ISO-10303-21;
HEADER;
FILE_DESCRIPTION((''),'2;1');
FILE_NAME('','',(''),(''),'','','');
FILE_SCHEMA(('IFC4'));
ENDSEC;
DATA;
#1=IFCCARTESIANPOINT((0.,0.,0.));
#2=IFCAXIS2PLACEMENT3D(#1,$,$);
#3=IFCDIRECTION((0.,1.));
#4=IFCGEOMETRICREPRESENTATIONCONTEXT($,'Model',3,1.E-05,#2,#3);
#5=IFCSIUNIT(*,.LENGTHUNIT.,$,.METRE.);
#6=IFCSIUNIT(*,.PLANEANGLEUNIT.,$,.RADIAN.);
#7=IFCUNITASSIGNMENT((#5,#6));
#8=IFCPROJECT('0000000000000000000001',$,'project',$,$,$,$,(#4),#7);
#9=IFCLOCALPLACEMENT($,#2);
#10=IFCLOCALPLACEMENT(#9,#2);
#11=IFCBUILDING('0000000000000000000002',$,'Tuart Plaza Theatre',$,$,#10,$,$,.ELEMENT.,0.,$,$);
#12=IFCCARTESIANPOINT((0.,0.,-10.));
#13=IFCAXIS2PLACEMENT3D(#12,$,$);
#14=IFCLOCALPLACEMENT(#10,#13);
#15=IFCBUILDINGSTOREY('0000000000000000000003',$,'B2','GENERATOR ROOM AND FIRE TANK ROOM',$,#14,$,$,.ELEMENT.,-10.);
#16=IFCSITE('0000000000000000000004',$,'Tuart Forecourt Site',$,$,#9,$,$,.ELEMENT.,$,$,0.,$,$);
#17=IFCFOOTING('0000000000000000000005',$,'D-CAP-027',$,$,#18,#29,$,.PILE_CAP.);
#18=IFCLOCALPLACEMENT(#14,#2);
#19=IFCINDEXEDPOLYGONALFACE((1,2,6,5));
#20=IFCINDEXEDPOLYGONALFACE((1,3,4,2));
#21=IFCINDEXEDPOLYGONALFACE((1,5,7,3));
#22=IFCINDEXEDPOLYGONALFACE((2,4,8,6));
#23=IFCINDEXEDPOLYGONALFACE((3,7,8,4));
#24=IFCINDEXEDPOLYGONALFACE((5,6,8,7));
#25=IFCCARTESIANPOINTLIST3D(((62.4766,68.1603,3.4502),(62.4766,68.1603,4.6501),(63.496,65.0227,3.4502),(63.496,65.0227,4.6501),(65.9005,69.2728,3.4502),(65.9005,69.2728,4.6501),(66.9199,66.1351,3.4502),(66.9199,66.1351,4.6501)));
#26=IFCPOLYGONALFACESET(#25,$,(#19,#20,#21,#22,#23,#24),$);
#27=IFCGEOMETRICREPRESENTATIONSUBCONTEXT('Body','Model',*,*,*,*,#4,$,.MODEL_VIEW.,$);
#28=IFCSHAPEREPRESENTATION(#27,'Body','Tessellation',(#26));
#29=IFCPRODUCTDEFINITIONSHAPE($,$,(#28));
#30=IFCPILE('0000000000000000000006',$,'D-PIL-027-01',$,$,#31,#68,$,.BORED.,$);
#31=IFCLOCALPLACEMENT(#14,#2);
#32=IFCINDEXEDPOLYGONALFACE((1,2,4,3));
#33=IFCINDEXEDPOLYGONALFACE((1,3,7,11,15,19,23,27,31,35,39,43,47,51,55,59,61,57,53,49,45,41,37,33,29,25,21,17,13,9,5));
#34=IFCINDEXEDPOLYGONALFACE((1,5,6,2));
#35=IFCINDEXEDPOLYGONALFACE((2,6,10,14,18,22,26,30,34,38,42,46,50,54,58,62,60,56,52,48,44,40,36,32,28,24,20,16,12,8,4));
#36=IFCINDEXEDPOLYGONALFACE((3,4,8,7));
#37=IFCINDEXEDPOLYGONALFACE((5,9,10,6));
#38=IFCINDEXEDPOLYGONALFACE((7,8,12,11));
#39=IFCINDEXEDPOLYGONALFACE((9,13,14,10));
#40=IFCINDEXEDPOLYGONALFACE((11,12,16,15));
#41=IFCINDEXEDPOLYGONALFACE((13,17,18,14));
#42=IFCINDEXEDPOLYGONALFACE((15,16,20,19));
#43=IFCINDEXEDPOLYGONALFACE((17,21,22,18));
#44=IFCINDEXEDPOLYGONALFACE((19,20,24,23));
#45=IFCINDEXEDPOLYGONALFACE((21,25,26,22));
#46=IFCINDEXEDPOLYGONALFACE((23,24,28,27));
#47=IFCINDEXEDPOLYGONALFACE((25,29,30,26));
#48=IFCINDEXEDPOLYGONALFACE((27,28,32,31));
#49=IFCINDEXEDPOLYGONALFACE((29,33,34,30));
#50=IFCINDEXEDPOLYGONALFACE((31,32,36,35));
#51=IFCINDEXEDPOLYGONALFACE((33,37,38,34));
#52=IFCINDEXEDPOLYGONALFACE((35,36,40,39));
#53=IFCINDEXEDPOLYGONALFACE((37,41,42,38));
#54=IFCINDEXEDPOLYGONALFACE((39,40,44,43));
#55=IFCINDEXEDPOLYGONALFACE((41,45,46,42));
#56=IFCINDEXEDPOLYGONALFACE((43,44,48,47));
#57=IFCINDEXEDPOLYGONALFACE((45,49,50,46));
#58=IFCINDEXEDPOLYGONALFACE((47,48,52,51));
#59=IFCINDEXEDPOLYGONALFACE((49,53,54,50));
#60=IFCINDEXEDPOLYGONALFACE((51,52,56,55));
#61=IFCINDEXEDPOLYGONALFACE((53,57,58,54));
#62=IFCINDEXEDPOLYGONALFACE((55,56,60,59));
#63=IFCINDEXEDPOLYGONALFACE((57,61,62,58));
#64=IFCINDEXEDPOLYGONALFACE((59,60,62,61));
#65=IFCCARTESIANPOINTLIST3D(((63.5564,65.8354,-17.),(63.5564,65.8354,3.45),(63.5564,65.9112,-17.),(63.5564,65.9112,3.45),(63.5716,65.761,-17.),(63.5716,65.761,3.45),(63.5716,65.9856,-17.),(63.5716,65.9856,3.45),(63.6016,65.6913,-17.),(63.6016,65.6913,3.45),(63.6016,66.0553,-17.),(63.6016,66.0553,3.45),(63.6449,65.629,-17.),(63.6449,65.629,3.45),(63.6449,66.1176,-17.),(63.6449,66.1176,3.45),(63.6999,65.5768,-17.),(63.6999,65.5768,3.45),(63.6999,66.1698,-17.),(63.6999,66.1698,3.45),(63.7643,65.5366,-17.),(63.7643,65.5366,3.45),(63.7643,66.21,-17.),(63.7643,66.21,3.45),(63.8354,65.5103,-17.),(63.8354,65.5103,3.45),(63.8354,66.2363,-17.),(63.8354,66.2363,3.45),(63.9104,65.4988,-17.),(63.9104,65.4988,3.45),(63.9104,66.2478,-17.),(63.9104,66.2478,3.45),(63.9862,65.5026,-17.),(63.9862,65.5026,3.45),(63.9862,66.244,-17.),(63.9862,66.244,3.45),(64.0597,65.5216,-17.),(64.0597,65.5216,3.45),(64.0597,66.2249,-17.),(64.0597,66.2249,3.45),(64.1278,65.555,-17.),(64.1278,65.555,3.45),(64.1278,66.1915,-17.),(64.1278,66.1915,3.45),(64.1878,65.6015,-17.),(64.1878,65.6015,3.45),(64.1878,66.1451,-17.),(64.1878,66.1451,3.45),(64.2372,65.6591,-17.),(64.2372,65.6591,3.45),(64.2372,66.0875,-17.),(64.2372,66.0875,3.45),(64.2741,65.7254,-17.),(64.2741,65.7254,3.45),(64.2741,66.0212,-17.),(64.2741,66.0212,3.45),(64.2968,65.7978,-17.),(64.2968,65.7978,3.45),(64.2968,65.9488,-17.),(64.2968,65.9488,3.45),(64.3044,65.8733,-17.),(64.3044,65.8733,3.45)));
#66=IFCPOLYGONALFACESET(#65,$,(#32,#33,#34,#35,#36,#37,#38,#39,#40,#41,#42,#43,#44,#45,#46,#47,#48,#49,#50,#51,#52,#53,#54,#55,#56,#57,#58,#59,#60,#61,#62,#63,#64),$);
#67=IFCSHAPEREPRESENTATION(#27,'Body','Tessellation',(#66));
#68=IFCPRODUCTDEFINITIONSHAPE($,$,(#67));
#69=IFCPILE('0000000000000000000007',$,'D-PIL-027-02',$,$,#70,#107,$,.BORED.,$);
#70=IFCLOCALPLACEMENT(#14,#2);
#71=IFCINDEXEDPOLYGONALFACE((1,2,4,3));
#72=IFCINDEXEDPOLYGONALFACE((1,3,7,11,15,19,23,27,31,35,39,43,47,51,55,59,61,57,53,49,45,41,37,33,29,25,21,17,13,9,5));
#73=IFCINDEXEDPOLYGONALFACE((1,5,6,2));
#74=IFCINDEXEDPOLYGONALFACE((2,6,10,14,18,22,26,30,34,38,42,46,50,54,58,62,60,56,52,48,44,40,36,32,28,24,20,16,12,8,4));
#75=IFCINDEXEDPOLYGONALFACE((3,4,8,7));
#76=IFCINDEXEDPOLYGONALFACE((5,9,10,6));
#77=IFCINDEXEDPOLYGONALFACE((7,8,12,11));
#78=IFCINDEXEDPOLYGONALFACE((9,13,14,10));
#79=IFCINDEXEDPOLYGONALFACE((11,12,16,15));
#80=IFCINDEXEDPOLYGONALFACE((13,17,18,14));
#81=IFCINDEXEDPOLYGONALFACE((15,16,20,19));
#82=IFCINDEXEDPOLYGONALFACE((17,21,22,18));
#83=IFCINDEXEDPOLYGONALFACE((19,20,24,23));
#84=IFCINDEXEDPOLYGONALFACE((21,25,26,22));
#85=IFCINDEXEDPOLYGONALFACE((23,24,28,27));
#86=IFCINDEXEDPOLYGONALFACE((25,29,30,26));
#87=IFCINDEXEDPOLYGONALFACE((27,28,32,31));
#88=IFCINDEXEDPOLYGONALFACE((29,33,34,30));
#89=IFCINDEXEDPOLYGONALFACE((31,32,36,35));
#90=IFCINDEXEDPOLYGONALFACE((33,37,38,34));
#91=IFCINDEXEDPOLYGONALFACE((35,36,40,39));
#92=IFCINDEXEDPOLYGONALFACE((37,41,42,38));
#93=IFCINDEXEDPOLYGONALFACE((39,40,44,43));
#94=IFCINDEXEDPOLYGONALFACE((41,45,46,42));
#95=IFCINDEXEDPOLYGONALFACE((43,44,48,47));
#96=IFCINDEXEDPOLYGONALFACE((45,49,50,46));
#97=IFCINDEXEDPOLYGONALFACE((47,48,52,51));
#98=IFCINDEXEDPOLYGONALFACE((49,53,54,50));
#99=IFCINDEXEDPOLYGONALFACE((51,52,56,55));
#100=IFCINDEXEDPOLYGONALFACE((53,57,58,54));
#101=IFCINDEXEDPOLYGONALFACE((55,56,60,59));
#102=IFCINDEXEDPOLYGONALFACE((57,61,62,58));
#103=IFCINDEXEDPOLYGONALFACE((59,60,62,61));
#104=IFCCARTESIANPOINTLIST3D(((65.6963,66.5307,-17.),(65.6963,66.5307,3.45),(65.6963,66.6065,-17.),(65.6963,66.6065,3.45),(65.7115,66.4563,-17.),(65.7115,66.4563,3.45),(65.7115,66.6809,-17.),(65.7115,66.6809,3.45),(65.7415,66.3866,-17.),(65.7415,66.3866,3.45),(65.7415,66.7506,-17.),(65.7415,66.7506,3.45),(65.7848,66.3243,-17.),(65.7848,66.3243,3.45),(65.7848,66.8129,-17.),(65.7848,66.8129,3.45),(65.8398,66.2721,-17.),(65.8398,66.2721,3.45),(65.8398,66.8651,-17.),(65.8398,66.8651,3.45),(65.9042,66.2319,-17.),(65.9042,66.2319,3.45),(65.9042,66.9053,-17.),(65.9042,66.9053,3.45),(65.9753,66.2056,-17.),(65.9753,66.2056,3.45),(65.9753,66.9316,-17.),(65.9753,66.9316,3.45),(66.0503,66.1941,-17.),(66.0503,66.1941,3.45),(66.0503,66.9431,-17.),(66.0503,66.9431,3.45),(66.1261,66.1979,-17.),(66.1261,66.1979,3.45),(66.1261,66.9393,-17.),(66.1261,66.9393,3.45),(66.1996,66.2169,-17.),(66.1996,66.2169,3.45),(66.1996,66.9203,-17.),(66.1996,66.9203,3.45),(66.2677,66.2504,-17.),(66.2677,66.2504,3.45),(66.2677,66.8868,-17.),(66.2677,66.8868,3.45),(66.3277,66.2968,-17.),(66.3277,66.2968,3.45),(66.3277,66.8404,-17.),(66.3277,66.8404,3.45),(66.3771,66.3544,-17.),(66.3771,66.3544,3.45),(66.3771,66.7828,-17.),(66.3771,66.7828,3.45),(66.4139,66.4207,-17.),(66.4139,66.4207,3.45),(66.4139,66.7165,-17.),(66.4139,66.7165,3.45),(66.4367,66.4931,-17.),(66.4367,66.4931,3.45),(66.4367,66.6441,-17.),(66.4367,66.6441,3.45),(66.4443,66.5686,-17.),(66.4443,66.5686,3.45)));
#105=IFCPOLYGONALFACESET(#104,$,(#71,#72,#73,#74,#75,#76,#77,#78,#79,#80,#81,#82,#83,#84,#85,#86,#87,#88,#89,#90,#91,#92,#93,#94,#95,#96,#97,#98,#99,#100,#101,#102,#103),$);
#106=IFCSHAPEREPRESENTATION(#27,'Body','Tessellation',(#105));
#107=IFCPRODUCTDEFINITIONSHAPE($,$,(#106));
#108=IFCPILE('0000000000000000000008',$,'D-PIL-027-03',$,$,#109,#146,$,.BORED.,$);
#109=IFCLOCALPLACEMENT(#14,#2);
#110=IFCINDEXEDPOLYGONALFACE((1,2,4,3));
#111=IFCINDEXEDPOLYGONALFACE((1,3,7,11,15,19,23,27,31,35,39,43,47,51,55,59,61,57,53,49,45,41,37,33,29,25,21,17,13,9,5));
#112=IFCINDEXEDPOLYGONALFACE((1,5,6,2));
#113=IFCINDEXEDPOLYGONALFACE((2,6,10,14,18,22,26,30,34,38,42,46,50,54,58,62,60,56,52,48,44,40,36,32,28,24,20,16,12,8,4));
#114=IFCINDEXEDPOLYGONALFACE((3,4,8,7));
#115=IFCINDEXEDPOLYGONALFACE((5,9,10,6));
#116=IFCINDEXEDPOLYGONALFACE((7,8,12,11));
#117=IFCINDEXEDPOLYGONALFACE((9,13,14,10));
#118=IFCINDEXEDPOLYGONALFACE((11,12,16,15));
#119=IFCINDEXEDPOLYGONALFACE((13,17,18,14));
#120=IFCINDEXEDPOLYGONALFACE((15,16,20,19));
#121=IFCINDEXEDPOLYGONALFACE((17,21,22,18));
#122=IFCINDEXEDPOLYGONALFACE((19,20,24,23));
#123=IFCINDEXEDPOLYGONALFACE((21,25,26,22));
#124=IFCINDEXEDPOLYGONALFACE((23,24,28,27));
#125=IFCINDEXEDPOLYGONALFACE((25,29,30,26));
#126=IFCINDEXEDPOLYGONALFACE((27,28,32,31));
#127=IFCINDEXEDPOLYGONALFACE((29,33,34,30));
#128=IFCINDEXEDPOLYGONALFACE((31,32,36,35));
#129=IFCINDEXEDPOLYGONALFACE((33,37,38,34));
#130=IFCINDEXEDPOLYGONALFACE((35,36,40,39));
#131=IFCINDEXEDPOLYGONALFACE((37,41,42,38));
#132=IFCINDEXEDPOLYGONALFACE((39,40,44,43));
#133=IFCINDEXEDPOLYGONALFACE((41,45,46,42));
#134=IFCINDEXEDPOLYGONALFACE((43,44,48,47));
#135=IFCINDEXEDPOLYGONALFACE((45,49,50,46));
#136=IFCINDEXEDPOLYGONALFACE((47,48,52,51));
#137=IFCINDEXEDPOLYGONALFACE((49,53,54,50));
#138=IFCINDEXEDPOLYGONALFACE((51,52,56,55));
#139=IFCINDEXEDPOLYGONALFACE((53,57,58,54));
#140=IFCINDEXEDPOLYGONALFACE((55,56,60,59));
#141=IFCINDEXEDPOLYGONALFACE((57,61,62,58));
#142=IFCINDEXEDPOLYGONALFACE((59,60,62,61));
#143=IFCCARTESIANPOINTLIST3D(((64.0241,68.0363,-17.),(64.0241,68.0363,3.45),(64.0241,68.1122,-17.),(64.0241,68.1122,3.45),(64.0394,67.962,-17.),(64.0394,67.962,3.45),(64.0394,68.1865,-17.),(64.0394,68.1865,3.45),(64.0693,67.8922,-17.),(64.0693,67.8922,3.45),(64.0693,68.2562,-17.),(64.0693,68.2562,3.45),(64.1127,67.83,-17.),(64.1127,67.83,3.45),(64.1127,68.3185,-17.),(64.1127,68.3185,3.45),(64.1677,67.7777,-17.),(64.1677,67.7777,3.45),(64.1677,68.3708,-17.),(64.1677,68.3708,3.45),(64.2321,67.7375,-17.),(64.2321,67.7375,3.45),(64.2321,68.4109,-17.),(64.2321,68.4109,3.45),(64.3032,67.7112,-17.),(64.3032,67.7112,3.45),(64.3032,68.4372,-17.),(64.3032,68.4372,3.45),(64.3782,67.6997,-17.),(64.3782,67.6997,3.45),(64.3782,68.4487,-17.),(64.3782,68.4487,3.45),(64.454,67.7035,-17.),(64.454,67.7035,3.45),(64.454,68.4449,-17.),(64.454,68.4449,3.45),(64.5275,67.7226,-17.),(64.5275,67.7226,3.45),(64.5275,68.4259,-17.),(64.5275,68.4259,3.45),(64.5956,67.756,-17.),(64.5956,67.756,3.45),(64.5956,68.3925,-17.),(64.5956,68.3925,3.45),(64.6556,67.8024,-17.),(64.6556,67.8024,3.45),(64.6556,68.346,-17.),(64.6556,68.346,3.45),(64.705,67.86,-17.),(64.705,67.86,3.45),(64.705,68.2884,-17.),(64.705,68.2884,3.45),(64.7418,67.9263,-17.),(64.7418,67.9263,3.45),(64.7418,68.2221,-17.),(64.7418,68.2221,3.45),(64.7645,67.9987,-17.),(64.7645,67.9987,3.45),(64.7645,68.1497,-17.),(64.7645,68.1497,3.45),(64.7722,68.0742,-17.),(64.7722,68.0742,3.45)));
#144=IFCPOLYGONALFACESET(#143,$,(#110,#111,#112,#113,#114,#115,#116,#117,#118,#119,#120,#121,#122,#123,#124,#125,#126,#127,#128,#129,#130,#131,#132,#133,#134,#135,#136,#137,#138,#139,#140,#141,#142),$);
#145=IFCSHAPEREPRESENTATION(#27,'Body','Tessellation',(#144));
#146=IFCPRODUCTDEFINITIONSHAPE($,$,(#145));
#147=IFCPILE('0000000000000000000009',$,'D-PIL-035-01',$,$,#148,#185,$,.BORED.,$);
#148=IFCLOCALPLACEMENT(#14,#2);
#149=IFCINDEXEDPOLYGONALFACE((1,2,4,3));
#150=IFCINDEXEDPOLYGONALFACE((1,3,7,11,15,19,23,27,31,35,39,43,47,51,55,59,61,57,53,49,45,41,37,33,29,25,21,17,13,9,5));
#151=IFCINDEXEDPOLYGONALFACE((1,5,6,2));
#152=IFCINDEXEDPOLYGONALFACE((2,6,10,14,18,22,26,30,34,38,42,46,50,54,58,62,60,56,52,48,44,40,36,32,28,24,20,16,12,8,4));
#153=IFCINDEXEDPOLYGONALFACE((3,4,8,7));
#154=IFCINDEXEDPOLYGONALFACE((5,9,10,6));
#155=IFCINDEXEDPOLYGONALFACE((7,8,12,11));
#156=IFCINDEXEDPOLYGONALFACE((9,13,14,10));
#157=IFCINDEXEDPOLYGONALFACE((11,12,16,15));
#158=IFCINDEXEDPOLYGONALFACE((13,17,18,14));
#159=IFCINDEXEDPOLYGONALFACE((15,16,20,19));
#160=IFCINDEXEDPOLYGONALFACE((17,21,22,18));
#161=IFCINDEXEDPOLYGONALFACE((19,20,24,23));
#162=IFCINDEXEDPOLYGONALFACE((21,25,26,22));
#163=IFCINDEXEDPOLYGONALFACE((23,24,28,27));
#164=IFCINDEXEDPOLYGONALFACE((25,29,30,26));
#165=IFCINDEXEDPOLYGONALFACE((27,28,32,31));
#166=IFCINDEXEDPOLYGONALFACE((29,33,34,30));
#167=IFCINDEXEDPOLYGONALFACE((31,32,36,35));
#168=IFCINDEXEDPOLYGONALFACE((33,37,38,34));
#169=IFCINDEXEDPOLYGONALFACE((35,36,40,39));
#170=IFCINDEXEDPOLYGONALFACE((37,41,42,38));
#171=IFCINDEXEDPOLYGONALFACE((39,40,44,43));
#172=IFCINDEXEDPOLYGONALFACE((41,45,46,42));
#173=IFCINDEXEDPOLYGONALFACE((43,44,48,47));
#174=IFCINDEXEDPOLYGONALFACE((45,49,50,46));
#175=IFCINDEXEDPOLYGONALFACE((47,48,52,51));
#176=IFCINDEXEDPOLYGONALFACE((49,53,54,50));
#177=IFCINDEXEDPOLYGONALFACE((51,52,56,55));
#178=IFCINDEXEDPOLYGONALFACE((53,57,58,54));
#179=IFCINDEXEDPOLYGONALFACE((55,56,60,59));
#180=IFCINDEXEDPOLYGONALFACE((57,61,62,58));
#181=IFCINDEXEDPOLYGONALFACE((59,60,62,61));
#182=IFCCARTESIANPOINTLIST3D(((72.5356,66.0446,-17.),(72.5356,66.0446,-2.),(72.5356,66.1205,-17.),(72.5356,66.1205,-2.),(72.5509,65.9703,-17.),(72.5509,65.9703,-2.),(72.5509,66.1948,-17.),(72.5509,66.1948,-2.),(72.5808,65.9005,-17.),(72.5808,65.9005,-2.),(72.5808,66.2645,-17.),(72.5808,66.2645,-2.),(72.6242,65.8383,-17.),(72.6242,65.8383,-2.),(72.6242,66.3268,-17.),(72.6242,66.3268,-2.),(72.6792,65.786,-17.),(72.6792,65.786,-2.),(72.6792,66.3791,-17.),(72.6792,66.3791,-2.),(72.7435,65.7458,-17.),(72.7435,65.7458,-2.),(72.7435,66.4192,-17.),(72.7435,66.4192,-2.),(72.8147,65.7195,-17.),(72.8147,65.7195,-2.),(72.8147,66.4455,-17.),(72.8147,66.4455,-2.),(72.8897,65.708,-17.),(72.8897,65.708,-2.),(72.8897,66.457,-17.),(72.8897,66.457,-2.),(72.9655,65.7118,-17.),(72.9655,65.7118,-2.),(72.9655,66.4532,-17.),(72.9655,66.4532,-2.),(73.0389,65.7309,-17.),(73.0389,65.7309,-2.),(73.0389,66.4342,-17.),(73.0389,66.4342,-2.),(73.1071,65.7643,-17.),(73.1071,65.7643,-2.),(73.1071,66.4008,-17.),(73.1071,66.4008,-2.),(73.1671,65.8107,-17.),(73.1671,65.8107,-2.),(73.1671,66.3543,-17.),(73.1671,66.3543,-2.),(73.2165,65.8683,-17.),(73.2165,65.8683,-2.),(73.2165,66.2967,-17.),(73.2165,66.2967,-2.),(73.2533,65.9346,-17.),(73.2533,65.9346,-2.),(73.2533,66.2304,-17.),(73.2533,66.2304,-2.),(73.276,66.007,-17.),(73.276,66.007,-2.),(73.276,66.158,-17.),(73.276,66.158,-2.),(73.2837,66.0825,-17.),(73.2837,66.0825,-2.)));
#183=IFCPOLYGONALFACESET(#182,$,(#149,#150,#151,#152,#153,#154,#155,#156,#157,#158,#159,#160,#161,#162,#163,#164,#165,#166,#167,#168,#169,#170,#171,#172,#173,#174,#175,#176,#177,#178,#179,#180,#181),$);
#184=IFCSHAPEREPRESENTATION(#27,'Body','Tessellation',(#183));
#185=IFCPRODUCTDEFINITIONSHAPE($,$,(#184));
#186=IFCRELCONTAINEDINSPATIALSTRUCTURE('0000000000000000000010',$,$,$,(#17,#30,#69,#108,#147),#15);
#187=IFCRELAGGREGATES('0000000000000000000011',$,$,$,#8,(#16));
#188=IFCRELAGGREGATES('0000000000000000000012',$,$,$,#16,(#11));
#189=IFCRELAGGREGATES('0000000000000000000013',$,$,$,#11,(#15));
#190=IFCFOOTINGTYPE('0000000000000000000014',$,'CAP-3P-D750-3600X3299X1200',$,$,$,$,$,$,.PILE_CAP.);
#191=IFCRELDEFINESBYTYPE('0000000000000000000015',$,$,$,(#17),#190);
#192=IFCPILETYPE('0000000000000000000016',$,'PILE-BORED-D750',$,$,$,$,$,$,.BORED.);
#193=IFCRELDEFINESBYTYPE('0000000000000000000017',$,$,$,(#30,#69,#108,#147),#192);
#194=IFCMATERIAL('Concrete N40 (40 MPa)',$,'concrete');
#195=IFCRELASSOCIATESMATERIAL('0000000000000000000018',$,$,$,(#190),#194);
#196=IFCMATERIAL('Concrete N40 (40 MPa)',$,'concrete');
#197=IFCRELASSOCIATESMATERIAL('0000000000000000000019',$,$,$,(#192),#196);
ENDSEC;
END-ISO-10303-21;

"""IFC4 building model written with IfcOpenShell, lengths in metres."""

from ifc_helpers import new_model, si_unit, direction, frame, origin, origin_2d, place, context, subcontext, project, spatial, rectangle, circle, extrude, material, material_profile, profile_set, type_object, element, save


model = new_model("IFC4")

# Units and contexts
model_context = context("Model", 3, precision=1e-05, world=origin(), true_north=direction((0.0, 1.0)))
body_context = subcontext(model_context, "Body", "Model", "MODEL_VIEW")
ifc_project = project(units=[si_unit("LENGTHUNIT", "METRE"), si_unit("PLANEANGLEUNIT", "RADIAN")], contexts=[model_context])

# Site, building, storey
site_placement = place(None, origin())
site = spatial("IfcSite", under=ifc_project, at=site_placement, Name="Tuart Forecourt Site", CompositionType="ELEMENT", RefElevation=0.0)
building_placement = place(site_placement, origin())
building = spatial("IfcBuilding", under=site, at=building_placement, Name="Tuart Plaza Theatre", CompositionType="ELEMENT", ElevationOfRefHeight=0.0)
storey_placement = place(building_placement, frame((0.0, 0.0, -10.0)))
storey = spatial("IfcBuildingStorey", under=building, at=storey_placement, Name="B2", Description="GENERATOR ROOM AND FIRE TANK ROOM", CompositionType="ELEMENT", Elevation=-10.0)

# Footing
ifc_material_1 = material(Name="Concrete N40 (40 MPa)", Category="concrete")
footing_type = type_object("IfcFootingType", Name="CAP-3P-D750-3600X3299X1200", PredefinedType="PILE_CAP", material=ifc_material_1)
footing_placement = place(storey_placement, frame((64.6982, 67.1477, 3.4502), z_axis=(0.0, 0.0, 1.0), x_axis=(0.951057, 0.309017, 0.0)))
element("IfcFooting", 1, at=footing_placement, inside=storey, type_object=footing_type, Name="D-CAP-027", PredefinedType="PILE_CAP", context=body_context, shape_type="SweptSolid", body=[
    extrude(rectangle(XDim=3.6001, YDim=3.2991, at=origin_2d()), origin(), (0.0, 0.0, 1.0), 1.2),
])

# Piles
ifc_material_2 = material(Name="Concrete N40 (40 MPa)", Category="concrete")
ifc_material_profile_1 = material_profile(ifc_material_2, circle(Radius=0.375, at=origin_2d()), Name="PILE-BORED-D750")
ifc_profile_set_1 = profile_set([ifc_material_profile_1], Name="Concrete N40 (40 MPa)")
pile_type_1 = type_object("IfcPileType", Name="PILE-BORED-D750", PredefinedType="BORED", material=ifc_profile_set_1)
for number, where, z_axis, x_axis, name in (
    (2, (63.9294, 65.8733, 3.45), (0.0, 0.0, -1.0), (1.0, 0.0, 0.0), "D-PIL-027-01"),
    (3, (66.0693, 66.5686, 3.45), (0.0, 0.0, -1.0), (1.0, 0.0, 0.0), "D-PIL-027-02"),
    (4, (64.3972, 68.0742, 3.45), (0.0, 0.0, -1.0), (1.0, 0.0, 0.0), "D-PIL-027-03"),
):
    element("IfcPile", number, at=place(storey_placement, frame(where, z_axis=z_axis, x_axis=x_axis)), inside=storey, type_object=pile_type_1, Name=name, PredefinedType="BORED", context=body_context, shape_type="SweptSolid", body=[
        extrude(circle(Radius=0.375, at=origin_2d()), origin(), (0.0, 0.0, 1.0), 20.45),
    ])
for number, where, z_axis, x_axis, name in (
    (5, (72.9087, 66.0825, -2.0), (0.0, 0.0, -1.0), (1.0, 0.0, 0.0), "D-PIL-035-01"),
):
    element("IfcPile", number, at=place(storey_placement, frame(where, z_axis=z_axis, x_axis=x_axis)), inside=storey, type_object=pile_type_1, Name=name, PredefinedType="BORED", context=body_context, shape_type="SweptSolid", body=[
        extrude(circle(Radius=0.375, at=origin_2d()), origin(), (0.0, 0.0, 1.0), 15.0),
    ])

save(model, "model.ifc")
